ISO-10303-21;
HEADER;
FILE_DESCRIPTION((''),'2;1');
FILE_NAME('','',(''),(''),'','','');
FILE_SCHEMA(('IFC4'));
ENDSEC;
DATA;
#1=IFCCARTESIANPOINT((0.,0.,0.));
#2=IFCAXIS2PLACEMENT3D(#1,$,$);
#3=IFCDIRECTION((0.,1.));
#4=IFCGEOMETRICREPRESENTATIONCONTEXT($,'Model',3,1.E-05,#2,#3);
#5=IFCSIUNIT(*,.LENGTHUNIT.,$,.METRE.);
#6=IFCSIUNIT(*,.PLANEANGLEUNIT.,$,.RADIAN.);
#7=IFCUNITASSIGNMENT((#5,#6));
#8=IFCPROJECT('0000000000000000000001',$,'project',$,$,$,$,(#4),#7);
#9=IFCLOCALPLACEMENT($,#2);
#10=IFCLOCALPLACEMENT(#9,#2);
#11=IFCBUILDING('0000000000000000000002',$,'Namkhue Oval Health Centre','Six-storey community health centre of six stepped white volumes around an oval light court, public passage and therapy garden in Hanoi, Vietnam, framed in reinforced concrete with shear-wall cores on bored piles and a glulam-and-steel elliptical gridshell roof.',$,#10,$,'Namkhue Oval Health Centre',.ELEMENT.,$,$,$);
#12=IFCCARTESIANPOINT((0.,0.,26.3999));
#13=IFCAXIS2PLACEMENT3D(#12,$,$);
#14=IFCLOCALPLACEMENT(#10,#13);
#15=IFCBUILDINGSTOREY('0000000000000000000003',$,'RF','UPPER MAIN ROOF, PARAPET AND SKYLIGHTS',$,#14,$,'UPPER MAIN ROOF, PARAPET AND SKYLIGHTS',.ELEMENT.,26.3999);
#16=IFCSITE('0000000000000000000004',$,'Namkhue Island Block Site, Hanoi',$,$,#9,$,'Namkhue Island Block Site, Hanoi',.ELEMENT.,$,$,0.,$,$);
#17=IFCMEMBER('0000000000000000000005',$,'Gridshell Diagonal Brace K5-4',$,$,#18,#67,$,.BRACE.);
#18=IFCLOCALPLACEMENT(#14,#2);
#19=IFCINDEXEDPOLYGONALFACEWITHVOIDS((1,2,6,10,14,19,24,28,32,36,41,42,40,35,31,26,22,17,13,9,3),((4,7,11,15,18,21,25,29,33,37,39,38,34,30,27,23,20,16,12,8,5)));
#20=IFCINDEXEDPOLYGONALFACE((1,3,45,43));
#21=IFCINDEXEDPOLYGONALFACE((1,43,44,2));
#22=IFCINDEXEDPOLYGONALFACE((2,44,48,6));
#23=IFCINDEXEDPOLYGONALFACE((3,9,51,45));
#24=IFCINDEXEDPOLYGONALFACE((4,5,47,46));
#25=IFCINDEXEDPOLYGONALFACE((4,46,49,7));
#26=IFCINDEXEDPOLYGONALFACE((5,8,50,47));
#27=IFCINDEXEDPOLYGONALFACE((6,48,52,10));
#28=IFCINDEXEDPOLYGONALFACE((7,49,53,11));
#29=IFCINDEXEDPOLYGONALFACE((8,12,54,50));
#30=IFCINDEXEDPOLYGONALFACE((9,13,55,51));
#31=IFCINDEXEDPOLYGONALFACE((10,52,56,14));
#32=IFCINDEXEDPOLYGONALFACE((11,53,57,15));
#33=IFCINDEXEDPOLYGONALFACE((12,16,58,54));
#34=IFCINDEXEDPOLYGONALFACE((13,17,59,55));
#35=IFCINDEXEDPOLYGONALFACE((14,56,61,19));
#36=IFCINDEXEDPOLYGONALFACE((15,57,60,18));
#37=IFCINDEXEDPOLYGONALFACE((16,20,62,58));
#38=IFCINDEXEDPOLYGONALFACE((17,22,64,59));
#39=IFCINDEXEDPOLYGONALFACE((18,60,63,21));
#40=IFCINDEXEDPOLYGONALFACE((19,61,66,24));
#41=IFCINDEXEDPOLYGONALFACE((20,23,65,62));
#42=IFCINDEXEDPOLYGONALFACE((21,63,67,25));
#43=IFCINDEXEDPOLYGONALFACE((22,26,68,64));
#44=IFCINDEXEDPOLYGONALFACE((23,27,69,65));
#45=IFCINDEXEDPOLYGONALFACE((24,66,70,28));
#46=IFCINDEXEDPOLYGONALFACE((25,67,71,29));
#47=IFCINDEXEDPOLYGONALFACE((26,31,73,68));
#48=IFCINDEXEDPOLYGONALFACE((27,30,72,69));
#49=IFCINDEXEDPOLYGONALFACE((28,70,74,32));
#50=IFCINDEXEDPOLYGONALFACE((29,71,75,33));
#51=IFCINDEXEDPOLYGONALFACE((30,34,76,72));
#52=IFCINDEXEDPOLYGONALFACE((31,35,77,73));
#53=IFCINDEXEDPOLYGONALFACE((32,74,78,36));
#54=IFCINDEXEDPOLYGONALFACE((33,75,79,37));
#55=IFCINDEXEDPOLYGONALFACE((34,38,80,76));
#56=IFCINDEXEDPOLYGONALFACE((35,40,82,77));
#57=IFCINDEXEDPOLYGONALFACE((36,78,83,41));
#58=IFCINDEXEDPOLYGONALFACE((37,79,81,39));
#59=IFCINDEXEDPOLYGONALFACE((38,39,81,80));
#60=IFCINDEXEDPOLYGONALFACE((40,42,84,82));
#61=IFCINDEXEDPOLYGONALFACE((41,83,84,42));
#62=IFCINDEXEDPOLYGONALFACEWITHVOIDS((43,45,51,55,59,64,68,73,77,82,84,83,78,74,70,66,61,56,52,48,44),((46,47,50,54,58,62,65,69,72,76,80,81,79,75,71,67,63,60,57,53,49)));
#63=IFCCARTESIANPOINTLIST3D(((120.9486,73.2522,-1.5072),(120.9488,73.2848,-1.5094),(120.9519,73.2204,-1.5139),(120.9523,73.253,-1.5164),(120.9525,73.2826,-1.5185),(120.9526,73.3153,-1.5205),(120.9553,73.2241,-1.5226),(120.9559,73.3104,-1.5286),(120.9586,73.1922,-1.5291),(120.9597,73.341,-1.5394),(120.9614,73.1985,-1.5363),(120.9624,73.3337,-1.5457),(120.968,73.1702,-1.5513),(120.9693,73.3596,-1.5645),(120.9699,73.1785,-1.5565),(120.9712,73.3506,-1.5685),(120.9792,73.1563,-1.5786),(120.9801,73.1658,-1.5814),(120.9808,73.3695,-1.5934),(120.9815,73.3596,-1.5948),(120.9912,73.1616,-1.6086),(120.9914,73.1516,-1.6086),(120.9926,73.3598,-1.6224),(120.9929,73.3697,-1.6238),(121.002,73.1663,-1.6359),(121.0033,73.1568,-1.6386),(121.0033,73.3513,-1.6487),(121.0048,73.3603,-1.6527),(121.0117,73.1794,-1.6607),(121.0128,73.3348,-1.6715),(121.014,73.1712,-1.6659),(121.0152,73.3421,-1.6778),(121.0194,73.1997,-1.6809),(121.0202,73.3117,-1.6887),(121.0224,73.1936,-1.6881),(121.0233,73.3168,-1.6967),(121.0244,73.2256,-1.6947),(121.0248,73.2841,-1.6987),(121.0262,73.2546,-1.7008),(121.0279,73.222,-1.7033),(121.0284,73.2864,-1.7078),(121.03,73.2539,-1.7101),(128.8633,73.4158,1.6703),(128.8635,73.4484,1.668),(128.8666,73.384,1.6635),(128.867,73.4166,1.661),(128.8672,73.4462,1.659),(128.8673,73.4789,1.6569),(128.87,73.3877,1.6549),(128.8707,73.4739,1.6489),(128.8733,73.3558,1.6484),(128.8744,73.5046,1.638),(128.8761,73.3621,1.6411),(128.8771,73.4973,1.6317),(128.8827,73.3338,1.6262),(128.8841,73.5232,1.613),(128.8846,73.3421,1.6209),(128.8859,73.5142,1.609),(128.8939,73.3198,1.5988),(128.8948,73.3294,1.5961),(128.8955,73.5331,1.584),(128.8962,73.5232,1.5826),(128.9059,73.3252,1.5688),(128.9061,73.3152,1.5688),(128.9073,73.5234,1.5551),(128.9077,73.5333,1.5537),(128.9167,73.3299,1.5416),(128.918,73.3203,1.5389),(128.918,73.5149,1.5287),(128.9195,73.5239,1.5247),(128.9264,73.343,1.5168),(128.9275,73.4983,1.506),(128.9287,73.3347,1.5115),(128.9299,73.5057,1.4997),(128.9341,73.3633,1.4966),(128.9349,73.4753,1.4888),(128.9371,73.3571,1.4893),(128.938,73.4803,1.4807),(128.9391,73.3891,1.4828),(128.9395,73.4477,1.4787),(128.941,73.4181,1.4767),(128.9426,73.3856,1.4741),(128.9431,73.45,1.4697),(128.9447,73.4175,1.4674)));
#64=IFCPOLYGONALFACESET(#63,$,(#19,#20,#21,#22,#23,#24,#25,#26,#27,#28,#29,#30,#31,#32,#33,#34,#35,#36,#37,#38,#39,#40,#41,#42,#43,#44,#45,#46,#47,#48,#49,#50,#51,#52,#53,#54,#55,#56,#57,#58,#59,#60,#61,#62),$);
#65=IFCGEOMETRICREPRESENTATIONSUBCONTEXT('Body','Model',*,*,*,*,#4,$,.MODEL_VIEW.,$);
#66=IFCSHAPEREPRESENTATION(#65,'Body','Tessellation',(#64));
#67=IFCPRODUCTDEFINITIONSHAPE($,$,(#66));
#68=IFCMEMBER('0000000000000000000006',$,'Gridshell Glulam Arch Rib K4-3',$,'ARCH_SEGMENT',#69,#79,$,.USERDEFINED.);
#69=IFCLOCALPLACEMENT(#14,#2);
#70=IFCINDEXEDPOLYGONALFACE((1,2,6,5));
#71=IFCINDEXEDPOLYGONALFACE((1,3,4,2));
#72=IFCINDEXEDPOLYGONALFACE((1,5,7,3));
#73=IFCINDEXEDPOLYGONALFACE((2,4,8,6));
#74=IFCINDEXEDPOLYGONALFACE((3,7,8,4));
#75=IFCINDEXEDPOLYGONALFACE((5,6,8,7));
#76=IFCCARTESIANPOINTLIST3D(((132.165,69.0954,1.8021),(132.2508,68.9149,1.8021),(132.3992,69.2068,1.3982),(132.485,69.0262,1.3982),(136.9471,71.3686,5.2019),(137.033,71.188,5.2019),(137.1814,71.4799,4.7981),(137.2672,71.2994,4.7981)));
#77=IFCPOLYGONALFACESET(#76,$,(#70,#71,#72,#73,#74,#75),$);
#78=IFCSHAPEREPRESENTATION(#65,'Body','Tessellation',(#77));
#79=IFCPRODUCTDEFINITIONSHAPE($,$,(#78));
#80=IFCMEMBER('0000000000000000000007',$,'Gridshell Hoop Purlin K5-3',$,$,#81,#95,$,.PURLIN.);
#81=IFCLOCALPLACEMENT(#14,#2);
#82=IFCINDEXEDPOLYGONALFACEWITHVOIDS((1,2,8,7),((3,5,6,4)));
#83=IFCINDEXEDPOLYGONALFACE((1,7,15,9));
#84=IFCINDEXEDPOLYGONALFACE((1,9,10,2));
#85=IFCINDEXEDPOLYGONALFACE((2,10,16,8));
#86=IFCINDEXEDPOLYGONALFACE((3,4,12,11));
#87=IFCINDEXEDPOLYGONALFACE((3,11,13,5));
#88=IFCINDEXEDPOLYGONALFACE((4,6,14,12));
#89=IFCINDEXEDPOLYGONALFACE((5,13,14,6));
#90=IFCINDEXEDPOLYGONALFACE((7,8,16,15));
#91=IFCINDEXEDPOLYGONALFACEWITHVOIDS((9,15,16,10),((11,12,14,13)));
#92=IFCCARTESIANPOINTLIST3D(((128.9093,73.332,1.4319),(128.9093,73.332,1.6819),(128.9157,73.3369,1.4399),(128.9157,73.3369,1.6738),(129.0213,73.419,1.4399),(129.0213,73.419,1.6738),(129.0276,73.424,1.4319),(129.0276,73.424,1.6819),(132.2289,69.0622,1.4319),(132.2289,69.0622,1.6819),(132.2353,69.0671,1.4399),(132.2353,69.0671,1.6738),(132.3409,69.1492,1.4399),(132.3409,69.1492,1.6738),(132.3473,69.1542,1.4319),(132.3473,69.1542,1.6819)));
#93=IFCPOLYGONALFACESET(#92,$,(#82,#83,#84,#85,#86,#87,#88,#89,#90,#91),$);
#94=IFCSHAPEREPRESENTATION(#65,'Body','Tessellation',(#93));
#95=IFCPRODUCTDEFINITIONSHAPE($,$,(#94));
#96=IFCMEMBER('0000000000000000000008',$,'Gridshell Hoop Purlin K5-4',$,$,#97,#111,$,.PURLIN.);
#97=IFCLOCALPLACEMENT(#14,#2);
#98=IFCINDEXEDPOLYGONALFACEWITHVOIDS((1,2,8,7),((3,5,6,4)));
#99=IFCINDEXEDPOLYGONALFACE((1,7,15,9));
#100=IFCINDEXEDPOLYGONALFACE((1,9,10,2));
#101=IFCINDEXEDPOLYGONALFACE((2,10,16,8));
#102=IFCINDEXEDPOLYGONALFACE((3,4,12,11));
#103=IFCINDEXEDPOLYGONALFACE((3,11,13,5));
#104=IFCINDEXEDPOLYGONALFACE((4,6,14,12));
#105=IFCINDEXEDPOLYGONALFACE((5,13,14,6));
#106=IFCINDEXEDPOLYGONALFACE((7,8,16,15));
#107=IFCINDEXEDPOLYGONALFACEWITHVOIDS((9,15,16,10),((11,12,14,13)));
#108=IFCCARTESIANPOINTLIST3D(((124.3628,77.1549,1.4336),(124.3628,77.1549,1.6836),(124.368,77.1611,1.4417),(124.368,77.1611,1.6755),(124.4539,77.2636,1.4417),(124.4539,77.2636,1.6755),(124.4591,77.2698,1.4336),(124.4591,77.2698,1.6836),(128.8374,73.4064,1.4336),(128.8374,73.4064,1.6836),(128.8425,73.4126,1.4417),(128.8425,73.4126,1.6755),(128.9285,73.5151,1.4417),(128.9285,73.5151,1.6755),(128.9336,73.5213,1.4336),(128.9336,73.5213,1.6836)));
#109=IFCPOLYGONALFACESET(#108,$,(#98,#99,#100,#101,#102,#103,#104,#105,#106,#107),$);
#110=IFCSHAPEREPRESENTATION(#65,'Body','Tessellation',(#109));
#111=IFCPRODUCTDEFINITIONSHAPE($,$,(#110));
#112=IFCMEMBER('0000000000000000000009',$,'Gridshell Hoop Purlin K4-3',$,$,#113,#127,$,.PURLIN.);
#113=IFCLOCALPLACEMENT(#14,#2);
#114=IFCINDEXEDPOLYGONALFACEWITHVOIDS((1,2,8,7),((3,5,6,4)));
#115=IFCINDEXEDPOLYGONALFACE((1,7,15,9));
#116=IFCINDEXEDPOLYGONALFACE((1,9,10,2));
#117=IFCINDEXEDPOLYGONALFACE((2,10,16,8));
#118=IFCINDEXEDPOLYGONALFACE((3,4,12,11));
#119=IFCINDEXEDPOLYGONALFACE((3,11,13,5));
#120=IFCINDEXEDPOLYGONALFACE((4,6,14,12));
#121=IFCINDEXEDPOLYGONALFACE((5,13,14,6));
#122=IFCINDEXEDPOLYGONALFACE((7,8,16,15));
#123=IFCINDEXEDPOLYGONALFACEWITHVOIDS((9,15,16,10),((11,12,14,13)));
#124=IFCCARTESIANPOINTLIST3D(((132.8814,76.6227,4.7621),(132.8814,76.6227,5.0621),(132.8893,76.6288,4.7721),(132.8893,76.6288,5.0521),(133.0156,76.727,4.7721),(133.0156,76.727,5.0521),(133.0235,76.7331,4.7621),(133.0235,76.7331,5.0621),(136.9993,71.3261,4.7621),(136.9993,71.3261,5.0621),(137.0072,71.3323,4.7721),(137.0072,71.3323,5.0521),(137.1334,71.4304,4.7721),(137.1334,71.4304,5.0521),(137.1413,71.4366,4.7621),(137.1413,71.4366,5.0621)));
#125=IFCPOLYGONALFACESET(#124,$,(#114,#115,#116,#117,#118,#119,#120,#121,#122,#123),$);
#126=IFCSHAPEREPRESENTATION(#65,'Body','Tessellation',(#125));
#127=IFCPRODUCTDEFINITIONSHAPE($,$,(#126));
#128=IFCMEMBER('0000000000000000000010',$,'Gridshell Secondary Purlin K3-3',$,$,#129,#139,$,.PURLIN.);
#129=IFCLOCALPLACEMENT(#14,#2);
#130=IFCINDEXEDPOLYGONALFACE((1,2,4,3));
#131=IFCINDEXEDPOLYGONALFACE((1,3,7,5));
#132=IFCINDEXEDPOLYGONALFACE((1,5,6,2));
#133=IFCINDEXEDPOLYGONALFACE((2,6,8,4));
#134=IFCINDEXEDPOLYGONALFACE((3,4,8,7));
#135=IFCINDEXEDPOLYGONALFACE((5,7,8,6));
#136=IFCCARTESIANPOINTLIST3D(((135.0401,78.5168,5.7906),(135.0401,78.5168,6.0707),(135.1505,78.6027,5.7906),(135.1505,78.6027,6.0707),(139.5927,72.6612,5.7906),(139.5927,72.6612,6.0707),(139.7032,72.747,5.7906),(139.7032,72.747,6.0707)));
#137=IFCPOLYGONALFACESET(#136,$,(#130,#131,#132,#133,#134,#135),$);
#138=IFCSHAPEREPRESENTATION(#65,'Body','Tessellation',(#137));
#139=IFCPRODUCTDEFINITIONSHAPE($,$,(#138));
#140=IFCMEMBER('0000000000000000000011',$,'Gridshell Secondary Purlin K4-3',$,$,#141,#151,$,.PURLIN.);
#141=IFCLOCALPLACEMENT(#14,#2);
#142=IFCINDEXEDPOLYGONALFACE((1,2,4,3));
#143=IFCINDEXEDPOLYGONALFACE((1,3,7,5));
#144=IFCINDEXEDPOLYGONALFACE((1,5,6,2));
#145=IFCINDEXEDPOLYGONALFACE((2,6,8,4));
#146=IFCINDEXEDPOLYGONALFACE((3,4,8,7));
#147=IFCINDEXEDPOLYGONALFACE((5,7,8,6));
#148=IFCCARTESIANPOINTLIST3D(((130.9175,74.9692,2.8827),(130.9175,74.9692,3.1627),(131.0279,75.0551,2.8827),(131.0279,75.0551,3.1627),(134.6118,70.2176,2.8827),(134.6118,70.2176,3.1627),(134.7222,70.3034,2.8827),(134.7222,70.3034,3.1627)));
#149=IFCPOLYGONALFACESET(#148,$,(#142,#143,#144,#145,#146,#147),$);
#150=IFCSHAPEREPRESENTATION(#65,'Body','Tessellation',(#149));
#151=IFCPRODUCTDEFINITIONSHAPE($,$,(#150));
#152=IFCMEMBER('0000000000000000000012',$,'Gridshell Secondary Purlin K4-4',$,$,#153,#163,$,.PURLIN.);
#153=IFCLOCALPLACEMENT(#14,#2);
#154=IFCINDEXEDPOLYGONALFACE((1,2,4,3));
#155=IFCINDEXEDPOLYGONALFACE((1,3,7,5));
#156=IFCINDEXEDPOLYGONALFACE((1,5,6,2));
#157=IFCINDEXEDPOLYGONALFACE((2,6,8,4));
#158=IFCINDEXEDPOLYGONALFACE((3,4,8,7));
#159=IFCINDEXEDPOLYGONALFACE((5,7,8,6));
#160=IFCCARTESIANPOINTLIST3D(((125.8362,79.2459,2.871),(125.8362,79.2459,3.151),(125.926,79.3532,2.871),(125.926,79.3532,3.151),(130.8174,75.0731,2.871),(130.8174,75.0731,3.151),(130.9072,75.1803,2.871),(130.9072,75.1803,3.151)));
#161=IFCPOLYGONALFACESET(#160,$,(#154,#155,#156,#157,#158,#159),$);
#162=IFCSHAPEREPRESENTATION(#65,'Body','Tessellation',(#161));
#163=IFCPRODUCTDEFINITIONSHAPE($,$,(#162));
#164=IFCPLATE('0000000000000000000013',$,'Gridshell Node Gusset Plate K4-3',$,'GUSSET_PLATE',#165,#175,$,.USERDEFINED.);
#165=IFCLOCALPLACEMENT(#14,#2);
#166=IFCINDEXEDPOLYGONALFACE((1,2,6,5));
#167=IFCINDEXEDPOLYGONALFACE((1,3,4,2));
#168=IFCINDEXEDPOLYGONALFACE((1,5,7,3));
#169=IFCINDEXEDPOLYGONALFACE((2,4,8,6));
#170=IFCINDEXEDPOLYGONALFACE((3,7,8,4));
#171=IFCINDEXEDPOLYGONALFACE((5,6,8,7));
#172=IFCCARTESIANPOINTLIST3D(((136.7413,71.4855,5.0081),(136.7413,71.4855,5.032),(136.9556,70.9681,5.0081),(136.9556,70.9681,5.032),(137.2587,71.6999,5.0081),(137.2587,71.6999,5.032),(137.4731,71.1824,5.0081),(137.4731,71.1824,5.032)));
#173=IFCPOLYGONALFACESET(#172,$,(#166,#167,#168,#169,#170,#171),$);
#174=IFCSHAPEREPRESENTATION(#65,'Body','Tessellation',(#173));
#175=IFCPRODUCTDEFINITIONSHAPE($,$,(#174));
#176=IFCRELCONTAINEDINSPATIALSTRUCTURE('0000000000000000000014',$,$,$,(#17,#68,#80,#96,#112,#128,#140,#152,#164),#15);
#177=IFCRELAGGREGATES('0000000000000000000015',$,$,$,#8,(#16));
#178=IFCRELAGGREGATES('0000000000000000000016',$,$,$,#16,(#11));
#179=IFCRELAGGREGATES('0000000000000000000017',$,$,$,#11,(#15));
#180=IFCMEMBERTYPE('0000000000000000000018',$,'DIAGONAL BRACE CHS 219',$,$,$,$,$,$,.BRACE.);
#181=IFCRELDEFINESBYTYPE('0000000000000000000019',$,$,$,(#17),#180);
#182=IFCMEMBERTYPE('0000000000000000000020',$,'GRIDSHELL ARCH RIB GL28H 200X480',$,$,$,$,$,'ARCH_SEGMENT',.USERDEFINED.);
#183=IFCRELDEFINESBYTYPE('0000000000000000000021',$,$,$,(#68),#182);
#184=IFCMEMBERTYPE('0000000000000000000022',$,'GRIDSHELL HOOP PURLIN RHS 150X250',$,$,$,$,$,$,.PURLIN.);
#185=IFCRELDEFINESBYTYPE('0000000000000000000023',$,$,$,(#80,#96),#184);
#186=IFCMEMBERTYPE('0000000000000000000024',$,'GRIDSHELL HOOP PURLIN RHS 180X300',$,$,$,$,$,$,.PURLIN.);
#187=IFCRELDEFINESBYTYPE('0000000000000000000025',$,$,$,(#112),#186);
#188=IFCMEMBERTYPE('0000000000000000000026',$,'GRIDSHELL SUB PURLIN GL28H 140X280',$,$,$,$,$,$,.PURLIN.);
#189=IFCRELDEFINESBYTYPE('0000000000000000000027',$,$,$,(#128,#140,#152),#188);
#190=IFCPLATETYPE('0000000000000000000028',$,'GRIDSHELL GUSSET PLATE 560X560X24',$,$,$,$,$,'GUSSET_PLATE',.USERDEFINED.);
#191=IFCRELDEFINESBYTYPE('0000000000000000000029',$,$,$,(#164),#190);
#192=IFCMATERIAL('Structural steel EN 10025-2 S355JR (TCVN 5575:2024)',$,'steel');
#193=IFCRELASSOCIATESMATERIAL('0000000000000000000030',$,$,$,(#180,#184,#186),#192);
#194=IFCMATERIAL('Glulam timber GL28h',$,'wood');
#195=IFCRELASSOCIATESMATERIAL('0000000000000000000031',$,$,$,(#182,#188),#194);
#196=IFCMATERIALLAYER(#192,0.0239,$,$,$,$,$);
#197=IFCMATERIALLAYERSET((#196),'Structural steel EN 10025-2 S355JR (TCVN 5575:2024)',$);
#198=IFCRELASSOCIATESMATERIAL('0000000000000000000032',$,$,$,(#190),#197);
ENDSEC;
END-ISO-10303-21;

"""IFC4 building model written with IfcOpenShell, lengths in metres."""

from ifc_helpers import new_model, si_unit, direction, frame, origin, origin_2d, place, context, subcontext, project, spatial, rectangle, hollow_rectangle, hollow_circle, extrude, material, layer, layer_set, material_profile, profile_set, type_object, element, save


model = new_model("IFC4")

# Units and contexts
model_context = context("Model", 3, precision=1e-05, world=origin(), true_north=direction((0.0, 1.0)))
body_context = subcontext(model_context, "Body", "Model", "MODEL_VIEW")
ifc_project = project(units=[si_unit("LENGTHUNIT", "METRE"), si_unit("PLANEANGLEUNIT", "RADIAN")], contexts=[model_context])

# Site, building, storey
site_placement = place(None, origin())
site = spatial("IfcSite", under=ifc_project, at=site_placement, Name="Namkhue Island Block Site, Hanoi", LongName="Namkhue Island Block Site, Hanoi", CompositionType="ELEMENT", RefElevation=0.0)
building_placement = place(site_placement, origin())
building = spatial("IfcBuilding", under=site, at=building_placement, Name="Namkhue Oval Health Centre", Description="Six-storey community health centre of six stepped white volumes around an oval light court, public passage and therapy garden in Hanoi, Vietnam, framed in reinforced concrete with shear-wall cores on bored piles and a glulam-and-steel elliptical gridshell roof.", LongName="Namkhue Oval Health Centre", CompositionType="ELEMENT")
storey_placement = place(building_placement, frame((0.0, 0.0, 26.3999)))
storey = spatial("IfcBuildingStorey", under=building, at=storey_placement, Name="RF", Description="UPPER MAIN ROOF, PARAPET AND SKYLIGHTS", LongName="UPPER MAIN ROOF, PARAPET AND SKYLIGHTS", CompositionType="ELEMENT", Elevation=26.3999)

# Members
ifc_material_1 = material(Name="Structural steel EN 10025-2 S355JR (TCVN 5575:2024)", Category="steel")
ifc_material_profile_1 = material_profile(ifc_material_1, hollow_circle(Radius=0.1096, WallThickness=0.01, at=origin_2d()), Name="CHS 219.1x10")
ifc_profile_set_1 = profile_set([ifc_material_profile_1], Name="Structural steel EN 10025-2 S355JR (TCVN 5575:2024)")
member_type_1 = type_object("IfcMemberType", Name="DIAGONAL BRACE CHS 219", PredefinedType="BRACE", material=ifc_profile_set_1)
member_1_placement = place(storey_placement, frame((128.9038, 73.4248, 1.5688), z_axis=(-0.927837, -0.019176, -0.372492), x_axis=(0.020662, -0.999787, 0.0)))
element("IfcMember", 1, at=member_1_placement, inside=storey, type_object=member_type_1, Name="Gridshell Diagonal Brace K5-4", PredefinedType="BRACE", context=body_context, shape_type="SweptSolid", body=[
    extrude(hollow_circle(Radius=0.1096, WallThickness=0.01, at=origin_2d()), origin(), (0.0, 0.0, 1.0), 8.5303),
])
ifc_material_2 = material(Name="Glulam timber GL28h", Category="wood")
ifc_material_profile_2 = material_profile(ifc_material_2, rectangle(XDim=0.2, YDim=0.48, at=origin_2d()), Name="GL28h 200x480")
ifc_profile_set_2 = profile_set([ifc_material_profile_2], Name="Glulam timber GL28h")
member_type_2 = type_object("IfcMemberType", Name="GRIDSHELL ARCH RIB GL28H 200X480", ElementType="ARCH_SEGMENT", PredefinedType="USERDEFINED", material=ifc_profile_set_2)
member_2_placement = place(storey_placement, frame((137.1072, 71.334, 5.0), z_axis=(-0.75998, -0.36125, -0.540304), x_axis=(0.429309, -0.903158, 0.0)))
element("IfcMember", 2, at=member_2_placement, inside=storey, type_object=member_type_2, Name="Gridshell Glulam Arch Rib K4-3", ObjectType="ARCH_SEGMENT", PredefinedType="USERDEFINED", context=body_context, shape_type="SweptSolid", body=[
    extrude(rectangle(XDim=0.2, YDim=0.48, at=origin_2d()), origin(), (0.0, 0.0, 1.0), 6.2925),
])
ifc_material_profile_3 = material_profile(ifc_material_1, hollow_rectangle(XDim=0.1499, YDim=0.25, WallThickness=0.0081, at=origin_2d()), Name="RHS 150x250x8")
ifc_profile_set_3 = profile_set([ifc_material_profile_3], Name="Structural steel EN 10025-2 S355JR (TCVN 5575:2024)")
member_type_3 = type_object("IfcMemberType", Name="GRIDSHELL HOOP PURLIN RHS 150X250", PredefinedType="PURLIN", material=ifc_profile_set_3)
member_3_placement = place(storey_placement, frame((132.2881, 69.1082, 1.5569), z_axis=(-0.613784, 0.789474, 0.0), x_axis=(-0.789474, -0.613784, 0.0)))
element("IfcMember", 3, at=member_3_placement, inside=storey, type_object=member_type_3, Name="Gridshell Hoop Purlin K5-3", PredefinedType="PURLIN", context=body_context, shape_type="SweptSolid", body=[
    extrude(hollow_rectangle(XDim=0.1499, YDim=0.25, WallThickness=0.0081, at=origin_2d()), origin(), (0.0, 0.0, 1.0), 5.4084),
])
member_4_placement = place(storey_placement, frame((128.8855, 73.4639, 1.5586), z_axis=(-0.766559, 0.642173, 0.0), x_axis=(-0.642173, -0.766559, 0.0)))
element("IfcMember", 4, at=member_4_placement, inside=storey, type_object=member_type_3, Name="Gridshell Hoop Purlin K5-4", PredefinedType="PURLIN", context=body_context, shape_type="SweptSolid", body=[
    extrude(hollow_rectangle(XDim=0.1499, YDim=0.25, WallThickness=0.0081, at=origin_2d()), origin(), (0.0, 0.0, 1.0), 5.8372),
])
ifc_material_profile_4 = material_profile(ifc_material_1, hollow_rectangle(XDim=0.1799, YDim=0.3, WallThickness=0.01, at=origin_2d()), Name="RHS 180x300x10")
ifc_profile_set_4 = profile_set([ifc_material_profile_4], Name="Structural steel EN 10025-2 S355JR (TCVN 5575:2024)")
member_type_4 = type_object("IfcMemberType", Name="GRIDSHELL HOOP PURLIN RHS 180X300", PredefinedType="PURLIN", material=ifc_profile_set_4)
member_5_placement = place(storey_placement, frame((137.0703, 71.3813, 4.9121), z_axis=(-0.613784, 0.789474, 0.0), x_axis=(-0.789474, -0.613784, 0.0)))
element("IfcMember", 5, at=member_5_placement, inside=storey, type_object=member_type_4, Name="Gridshell Hoop Purlin K4-3", PredefinedType="PURLIN", context=body_context, shape_type="SweptSolid", body=[
    extrude(hollow_rectangle(XDim=0.1799, YDim=0.3, WallThickness=0.01, at=origin_2d()), origin(), (0.0, 0.0, 1.0), 6.709),
])
ifc_material_profile_5 = material_profile(ifc_material_2, rectangle(XDim=0.1399, YDim=0.28, at=origin_2d()), Name="GL28h 140x280")
ifc_profile_set_5 = profile_set([ifc_material_profile_5], Name="Glulam timber GL28h")
member_type_5 = type_object("IfcMemberType", Name="GRIDSHELL SUB PURLIN GL28H 140X280", PredefinedType="PURLIN", material=ifc_profile_set_5)
member_6_placement = place(storey_placement, frame((139.6479, 72.7041, 5.9307), z_axis=(-0.613797, 0.789464, 0.0), x_axis=(-0.789464, -0.613797, 0.0)))
element("IfcMember", 6, at=member_6_placement, inside=storey, type_object=member_type_5, Name="Gridshell Secondary Purlin K3-3", PredefinedType="PURLIN", context=body_context, shape_type="SweptSolid", body=[
    extrude(rectangle(XDim=0.1399, YDim=0.28, at=origin_2d()), origin(), (0.0, 0.0, 1.0), 7.4172),
])
member_7_placement = place(storey_placement, frame((134.667, 70.2605, 3.0227), z_axis=(-0.613792, 0.789468, 0.0), x_axis=(-0.789468, -0.613792, 0.0)))
element("IfcMember", 7, at=member_7_placement, inside=storey, type_object=member_type_5, Name="Gridshell Secondary Purlin K4-3", PredefinedType="PURLIN", context=body_context, shape_type="SweptSolid", body=[
    extrude(rectangle(XDim=0.1399, YDim=0.28, at=origin_2d()), origin(), (0.0, 0.0, 1.0), 6.0188),
])
member_8_placement = place(storey_placement, frame((130.8623, 75.1267, 3.011), z_axis=(-0.766565, 0.642167, 0.0), x_axis=(-0.642167, -0.766565, 0.0)))
element("IfcMember", 8, at=member_8_placement, inside=storey, type_object=member_type_5, Name="Gridshell Secondary Purlin K4-4", PredefinedType="PURLIN", context=body_context, shape_type="SweptSolid", body=[
    extrude(rectangle(XDim=0.1399, YDim=0.28, at=origin_2d()), origin(), (0.0, 0.0, 1.0), 6.498),
])

# Plate
ifc_layer_1 = layer(ifc_material_1, 0.0239)
ifc_layer_set_1 = layer_set([ifc_layer_1], Name="Structural steel EN 10025-2 S355JR (TCVN 5575:2024)")
plate_type_1 = type_object("IfcPlateType", Name="GRIDSHELL GUSSET PLATE 560X560X24", ElementType="GUSSET_PLATE", PredefinedType="USERDEFINED", material=ifc_layer_set_1)
plate_1_placement = place(storey_placement, frame((137.1072, 71.334, 5.0081), z_axis=(0.0, 0.0, 1.0), x_axis=(0.92388, 0.382683, 0.0)))
element("IfcPlate", 9, at=plate_1_placement, inside=storey, type_object=plate_type_1, Name="Gridshell Node Gusset Plate K4-3", ObjectType="GUSSET_PLATE", PredefinedType="USERDEFINED", context=body_context, shape_type="SweptSolid", body=[
    extrude(rectangle(XDim=0.5601, YDim=0.5601, at=origin_2d()), origin(), (0.0, 0.0, 1.0), 0.0239),
])

save(model, "model.ifc")
